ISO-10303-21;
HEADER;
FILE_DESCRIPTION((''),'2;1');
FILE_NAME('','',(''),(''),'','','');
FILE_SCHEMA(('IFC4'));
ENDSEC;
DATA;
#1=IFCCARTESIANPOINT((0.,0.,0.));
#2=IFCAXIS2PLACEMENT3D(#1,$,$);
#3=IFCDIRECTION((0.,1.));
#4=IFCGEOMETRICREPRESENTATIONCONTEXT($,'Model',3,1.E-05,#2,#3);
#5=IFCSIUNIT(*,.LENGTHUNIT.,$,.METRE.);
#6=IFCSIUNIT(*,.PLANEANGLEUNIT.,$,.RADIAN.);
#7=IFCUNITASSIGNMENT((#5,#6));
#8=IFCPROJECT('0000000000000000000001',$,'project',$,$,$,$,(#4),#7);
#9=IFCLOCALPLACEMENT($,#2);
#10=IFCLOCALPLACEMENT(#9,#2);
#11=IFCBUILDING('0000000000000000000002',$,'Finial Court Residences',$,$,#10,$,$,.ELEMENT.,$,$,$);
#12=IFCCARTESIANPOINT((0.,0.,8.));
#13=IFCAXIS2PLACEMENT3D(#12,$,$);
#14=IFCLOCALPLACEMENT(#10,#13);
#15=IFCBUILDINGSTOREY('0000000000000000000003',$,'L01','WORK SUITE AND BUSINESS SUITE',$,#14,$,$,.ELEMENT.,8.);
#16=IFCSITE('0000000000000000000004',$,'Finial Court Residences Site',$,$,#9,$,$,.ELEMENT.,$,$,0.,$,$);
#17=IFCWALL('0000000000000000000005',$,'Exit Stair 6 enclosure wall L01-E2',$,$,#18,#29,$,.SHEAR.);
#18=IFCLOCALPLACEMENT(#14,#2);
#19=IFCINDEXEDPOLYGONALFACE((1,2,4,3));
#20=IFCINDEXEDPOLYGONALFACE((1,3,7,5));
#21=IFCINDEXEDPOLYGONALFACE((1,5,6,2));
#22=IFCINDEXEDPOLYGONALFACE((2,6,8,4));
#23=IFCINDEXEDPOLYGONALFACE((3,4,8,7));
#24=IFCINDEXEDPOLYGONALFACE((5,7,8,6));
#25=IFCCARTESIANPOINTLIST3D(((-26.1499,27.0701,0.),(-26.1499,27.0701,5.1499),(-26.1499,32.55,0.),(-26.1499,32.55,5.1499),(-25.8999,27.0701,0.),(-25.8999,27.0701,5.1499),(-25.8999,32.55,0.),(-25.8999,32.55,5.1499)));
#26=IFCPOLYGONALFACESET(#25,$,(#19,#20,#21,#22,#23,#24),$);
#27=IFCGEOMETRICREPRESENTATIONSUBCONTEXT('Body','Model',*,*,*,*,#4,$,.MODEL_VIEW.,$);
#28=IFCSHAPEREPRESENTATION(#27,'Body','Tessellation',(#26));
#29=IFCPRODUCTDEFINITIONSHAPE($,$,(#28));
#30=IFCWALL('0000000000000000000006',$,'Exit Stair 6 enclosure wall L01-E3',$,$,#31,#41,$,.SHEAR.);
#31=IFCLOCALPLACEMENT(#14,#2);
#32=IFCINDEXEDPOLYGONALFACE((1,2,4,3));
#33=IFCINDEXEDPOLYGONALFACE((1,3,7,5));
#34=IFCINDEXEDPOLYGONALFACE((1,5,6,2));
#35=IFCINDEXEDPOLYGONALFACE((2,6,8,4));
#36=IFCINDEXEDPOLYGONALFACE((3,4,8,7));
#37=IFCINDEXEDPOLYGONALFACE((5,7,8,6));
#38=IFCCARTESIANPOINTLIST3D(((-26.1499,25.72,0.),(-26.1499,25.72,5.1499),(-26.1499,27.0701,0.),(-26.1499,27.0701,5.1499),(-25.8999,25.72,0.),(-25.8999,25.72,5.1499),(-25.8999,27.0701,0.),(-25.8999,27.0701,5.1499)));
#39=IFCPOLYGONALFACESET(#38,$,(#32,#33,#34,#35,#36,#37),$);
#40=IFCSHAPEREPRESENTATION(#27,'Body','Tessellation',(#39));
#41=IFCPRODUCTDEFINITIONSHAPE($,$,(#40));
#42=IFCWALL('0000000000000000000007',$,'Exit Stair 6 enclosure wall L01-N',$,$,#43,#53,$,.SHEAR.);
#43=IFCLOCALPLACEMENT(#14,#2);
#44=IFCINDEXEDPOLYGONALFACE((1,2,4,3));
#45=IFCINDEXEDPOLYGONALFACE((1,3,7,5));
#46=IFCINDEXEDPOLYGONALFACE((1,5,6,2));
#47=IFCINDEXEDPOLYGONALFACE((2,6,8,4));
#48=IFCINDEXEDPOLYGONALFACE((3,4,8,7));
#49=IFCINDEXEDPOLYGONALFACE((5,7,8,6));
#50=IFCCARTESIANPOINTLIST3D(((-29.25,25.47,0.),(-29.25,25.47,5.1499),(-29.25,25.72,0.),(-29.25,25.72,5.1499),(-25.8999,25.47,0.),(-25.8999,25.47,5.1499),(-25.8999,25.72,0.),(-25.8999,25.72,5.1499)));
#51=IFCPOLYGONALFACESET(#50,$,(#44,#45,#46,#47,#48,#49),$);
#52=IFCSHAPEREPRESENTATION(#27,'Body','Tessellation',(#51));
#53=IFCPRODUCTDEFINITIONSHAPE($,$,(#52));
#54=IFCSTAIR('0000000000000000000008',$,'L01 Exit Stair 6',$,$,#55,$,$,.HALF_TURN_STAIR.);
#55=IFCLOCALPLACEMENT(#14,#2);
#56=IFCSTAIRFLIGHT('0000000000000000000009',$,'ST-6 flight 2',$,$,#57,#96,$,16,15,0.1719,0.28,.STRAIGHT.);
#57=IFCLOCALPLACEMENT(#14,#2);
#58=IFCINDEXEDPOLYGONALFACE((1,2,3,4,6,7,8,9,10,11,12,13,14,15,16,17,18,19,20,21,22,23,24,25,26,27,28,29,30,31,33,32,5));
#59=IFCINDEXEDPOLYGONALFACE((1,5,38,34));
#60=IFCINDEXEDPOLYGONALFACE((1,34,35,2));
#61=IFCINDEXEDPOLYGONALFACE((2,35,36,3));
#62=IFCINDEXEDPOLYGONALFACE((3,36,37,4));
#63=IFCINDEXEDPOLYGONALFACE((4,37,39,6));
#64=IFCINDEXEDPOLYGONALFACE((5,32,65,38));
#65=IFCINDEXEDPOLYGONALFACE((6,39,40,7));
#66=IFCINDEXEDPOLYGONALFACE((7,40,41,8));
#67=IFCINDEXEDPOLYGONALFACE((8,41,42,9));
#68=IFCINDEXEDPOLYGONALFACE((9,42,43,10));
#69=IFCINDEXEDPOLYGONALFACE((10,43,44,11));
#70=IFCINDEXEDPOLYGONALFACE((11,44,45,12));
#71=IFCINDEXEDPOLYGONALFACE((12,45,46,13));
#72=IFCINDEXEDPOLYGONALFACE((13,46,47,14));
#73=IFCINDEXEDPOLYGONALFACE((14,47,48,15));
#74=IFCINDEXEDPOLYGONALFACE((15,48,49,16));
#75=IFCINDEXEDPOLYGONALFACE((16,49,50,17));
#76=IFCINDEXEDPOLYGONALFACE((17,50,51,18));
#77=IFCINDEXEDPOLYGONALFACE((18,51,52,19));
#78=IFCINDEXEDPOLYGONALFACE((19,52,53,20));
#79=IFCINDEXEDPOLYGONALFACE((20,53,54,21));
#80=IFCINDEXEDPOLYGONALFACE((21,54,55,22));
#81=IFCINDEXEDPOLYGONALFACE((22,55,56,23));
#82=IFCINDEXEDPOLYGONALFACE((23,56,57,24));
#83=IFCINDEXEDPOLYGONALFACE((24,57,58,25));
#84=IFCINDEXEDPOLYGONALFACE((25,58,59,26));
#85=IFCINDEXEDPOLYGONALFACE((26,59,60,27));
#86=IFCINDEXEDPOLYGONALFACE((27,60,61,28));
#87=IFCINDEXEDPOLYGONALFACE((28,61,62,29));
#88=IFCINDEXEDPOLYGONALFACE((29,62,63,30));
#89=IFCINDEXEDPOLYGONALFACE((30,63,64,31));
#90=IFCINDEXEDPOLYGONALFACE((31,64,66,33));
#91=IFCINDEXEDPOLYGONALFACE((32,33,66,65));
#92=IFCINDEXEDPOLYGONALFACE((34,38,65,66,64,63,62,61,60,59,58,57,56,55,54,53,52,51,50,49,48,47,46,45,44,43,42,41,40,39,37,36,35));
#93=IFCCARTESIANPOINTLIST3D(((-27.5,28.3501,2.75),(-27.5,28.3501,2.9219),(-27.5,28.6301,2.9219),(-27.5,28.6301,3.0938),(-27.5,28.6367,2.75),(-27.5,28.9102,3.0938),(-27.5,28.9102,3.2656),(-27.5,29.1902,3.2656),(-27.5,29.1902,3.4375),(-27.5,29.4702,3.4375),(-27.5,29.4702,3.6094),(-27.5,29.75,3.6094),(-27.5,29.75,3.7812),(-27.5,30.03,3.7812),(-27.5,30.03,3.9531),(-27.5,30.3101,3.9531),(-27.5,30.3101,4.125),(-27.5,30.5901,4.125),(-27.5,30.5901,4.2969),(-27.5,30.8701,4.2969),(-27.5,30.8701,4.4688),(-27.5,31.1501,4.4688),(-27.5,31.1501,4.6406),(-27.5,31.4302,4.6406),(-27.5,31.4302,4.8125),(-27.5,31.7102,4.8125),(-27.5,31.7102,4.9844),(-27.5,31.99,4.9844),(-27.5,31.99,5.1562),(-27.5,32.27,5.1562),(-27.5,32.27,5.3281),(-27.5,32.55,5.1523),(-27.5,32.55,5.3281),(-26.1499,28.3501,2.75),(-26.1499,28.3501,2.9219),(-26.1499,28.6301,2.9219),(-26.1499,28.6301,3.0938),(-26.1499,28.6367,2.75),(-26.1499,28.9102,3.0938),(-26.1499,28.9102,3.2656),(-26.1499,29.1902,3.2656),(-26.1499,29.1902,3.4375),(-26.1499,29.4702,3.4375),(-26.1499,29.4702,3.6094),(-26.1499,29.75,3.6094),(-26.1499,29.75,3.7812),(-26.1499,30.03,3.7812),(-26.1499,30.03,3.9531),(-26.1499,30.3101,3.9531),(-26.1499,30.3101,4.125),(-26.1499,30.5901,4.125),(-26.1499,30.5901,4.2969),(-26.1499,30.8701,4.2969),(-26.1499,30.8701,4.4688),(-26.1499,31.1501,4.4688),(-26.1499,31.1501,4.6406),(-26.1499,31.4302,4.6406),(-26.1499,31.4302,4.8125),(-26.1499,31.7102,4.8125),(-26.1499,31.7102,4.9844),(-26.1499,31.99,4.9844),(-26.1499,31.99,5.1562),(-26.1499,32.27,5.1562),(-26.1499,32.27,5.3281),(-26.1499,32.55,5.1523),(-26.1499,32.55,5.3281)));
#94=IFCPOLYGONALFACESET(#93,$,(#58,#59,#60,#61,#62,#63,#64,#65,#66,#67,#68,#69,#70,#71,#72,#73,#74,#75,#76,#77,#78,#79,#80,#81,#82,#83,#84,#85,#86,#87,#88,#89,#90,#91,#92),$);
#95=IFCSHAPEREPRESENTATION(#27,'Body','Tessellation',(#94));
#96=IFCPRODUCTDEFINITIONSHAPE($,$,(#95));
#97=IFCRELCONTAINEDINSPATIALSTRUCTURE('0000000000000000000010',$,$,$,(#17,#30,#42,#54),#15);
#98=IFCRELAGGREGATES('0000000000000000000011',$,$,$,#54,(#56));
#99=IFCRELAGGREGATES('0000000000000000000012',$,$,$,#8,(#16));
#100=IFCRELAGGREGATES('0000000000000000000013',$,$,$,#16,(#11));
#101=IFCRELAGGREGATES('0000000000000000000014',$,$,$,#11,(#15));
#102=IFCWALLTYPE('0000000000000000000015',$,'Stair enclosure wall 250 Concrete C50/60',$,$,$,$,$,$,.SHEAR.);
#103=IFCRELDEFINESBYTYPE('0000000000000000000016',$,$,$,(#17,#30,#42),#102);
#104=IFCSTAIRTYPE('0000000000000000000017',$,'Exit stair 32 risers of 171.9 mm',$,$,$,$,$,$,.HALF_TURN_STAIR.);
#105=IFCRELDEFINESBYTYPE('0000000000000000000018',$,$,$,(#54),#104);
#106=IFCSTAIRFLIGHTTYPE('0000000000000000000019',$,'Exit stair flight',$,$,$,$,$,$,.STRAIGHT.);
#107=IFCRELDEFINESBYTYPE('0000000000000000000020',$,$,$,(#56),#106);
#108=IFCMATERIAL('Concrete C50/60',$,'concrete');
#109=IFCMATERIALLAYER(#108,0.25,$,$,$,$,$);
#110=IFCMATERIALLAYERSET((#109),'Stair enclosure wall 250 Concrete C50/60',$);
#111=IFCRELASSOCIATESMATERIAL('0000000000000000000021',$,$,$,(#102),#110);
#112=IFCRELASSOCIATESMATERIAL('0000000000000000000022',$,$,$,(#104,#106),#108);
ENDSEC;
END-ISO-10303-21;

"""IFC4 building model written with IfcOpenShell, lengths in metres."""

from ifc_helpers import new_model, si_unit, direction, frame, frame_2d, origin, place, context, subcontext, project, spatial, polyline, rectangle, outline, extrude, material, layer, layer_set, type_object, element, aggregate, save


model = new_model("IFC4")

# Units and contexts
model_context = context("Model", 3, precision=1e-05, world=origin(), true_north=direction((0.0, 1.0)))
body_context = subcontext(model_context, "Body", "Model", "MODEL_VIEW")
ifc_project = project(units=[si_unit("LENGTHUNIT", "METRE"), si_unit("PLANEANGLEUNIT", "RADIAN")], contexts=[model_context])

# Site, building, storey
site_placement = place(None, origin())
site = spatial("IfcSite", under=ifc_project, at=site_placement, Name="Finial Court Residences Site", CompositionType="ELEMENT", RefElevation=0.0)
building_placement = place(site_placement, origin())
building = spatial("IfcBuilding", under=site, at=building_placement, Name="Finial Court Residences", CompositionType="ELEMENT")
storey_placement = place(building_placement, frame((0.0, 0.0, 8.0)))
storey = spatial("IfcBuildingStorey", under=building, at=storey_placement, Name="L01", Description="WORK SUITE AND BUSINESS SUITE", CompositionType="ELEMENT", Elevation=8.0)

# Shared definitions
ifc_material_1 = material(Name="Concrete C50/60", Category="concrete")

# Walls
ifc_layer_1 = layer(ifc_material_1, 0.25)
ifc_layer_set_1 = layer_set([ifc_layer_1], Name="Stair enclosure wall 250 Concrete C50/60")
wall_type_1 = type_object("IfcWallType", Name="Stair enclosure wall 250 Concrete C50/60", PredefinedType="SHEAR", material=ifc_layer_set_1)
wall_1_placement = place(storey_placement, frame((-26.0249, 27.0701, 0.0), z_axis=(0.0, 0.0, 1.0), x_axis=(0.0, 1.0, 0.0)))
element("IfcWall", 1, at=wall_1_placement, inside=storey, type_object=wall_type_1, Name="Exit Stair 6 enclosure wall L01-E2", PredefinedType="SHEAR", context=body_context, shape_type="SweptSolid", body=[
    extrude(rectangle(XDim=5.48, YDim=0.25, at=frame_2d((2.74, 0.0))), origin(), (0.0, 0.0, 1.0), 5.1499),
])
wall_2_placement = place(storey_placement, frame((-26.0249, 25.72, 0.0), z_axis=(0.0, 0.0, 1.0), x_axis=(0.0, 1.0, 0.0)))
element("IfcWall", 2, at=wall_2_placement, inside=storey, type_object=wall_type_1, Name="Exit Stair 6 enclosure wall L01-E3", PredefinedType="SHEAR", context=body_context, shape_type="SweptSolid", body=[
    extrude(rectangle(XDim=1.3501, YDim=0.25, at=frame_2d((0.675, 0.0))), origin(), (0.0, 0.0, 1.0), 5.1499),
])
wall_3_placement = place(storey_placement, frame((-29.25, 25.595, 0.0), z_axis=(0.0, 0.0, 1.0), x_axis=(1.0, 0.0, 0.0)))
element("IfcWall", 3, at=wall_3_placement, inside=storey, type_object=wall_type_1, Name="Exit Stair 6 enclosure wall L01-N", PredefinedType="SHEAR", context=body_context, shape_type="SweptSolid", body=[
    extrude(rectangle(XDim=3.3501, YDim=0.25, at=frame_2d((1.675, 0.0))), origin(), (0.0, 0.0, 1.0), 5.1499),
])

# Stair, stair flight
stair_type = type_object("IfcStairType", Name="Exit stair 32 risers of 171.9 mm", PredefinedType="HALF_TURN_STAIR", material=ifc_material_1)
stair_placement = place(storey_placement, origin())
stair = element("IfcStair", 4, at=stair_placement, inside=storey, type_object=stair_type, Name="L01 Exit Stair 6", PredefinedType="HALF_TURN_STAIR")
stair_flight_type = type_object("IfcStairFlightType", Name="Exit stair flight", PredefinedType="STRAIGHT", material=ifc_material_1)
stair_flight_placement = place(storey_placement, frame((-26.825, 28.3501, 2.75), z_axis=(0.0, 0.0, 1.0), x_axis=(0.0, 1.0, 0.0)))
stair_flight = element("IfcStairFlight", 5, at=stair_flight_placement, type_object=stair_flight_type, Name="ST-6 flight 2", NumberOfRisers=16, NumberOfTreads=15, PredefinedType="STRAIGHT", RiserHeight=0.1719, TreadLength=0.28, context=body_context, shape_type="SweptSolid", body=[
    extrude(outline(polyline([(0.0, 0.0), (0.0, 0.1719), (0.28, 0.1719), (0.28, 0.3438), (0.5601, 0.3438), (0.5601, 0.5156), (0.8401, 0.5156), (0.8401, 0.6875), (1.1201, 0.6875), (1.1201, 0.8594), (1.3999, 0.8594), (1.3999, 1.0312), (1.6799, 1.0312), (1.6799, 1.2031), (1.96, 1.2031), (1.96, 1.375), (2.24, 1.375), (2.24, 1.5469), (2.52, 1.5469), (2.52, 1.7188), (2.8, 1.7188), (2.8, 1.8906), (3.0801, 1.8906), (3.0801, 2.0625), (3.3601, 2.0625), (3.3601, 2.2344), (3.6399, 2.2344), (3.6399, 2.4062), (3.9199, 2.4062), (3.9199, 2.5781), (4.2, 2.5781), (4.2, 2.75), (4.2, 2.4023), (0.2866, 0.0), (0.0, 0.0)])), frame((0.0, 0.675, 0.0), z_axis=(0.0, -1.0, 0.0), x_axis=(1.0, 0.0, 0.0)), (0.0, 0.0, 1.0), 1.3501),
])
aggregate(stair, [stair_flight])

save(model, "model.ifc")
